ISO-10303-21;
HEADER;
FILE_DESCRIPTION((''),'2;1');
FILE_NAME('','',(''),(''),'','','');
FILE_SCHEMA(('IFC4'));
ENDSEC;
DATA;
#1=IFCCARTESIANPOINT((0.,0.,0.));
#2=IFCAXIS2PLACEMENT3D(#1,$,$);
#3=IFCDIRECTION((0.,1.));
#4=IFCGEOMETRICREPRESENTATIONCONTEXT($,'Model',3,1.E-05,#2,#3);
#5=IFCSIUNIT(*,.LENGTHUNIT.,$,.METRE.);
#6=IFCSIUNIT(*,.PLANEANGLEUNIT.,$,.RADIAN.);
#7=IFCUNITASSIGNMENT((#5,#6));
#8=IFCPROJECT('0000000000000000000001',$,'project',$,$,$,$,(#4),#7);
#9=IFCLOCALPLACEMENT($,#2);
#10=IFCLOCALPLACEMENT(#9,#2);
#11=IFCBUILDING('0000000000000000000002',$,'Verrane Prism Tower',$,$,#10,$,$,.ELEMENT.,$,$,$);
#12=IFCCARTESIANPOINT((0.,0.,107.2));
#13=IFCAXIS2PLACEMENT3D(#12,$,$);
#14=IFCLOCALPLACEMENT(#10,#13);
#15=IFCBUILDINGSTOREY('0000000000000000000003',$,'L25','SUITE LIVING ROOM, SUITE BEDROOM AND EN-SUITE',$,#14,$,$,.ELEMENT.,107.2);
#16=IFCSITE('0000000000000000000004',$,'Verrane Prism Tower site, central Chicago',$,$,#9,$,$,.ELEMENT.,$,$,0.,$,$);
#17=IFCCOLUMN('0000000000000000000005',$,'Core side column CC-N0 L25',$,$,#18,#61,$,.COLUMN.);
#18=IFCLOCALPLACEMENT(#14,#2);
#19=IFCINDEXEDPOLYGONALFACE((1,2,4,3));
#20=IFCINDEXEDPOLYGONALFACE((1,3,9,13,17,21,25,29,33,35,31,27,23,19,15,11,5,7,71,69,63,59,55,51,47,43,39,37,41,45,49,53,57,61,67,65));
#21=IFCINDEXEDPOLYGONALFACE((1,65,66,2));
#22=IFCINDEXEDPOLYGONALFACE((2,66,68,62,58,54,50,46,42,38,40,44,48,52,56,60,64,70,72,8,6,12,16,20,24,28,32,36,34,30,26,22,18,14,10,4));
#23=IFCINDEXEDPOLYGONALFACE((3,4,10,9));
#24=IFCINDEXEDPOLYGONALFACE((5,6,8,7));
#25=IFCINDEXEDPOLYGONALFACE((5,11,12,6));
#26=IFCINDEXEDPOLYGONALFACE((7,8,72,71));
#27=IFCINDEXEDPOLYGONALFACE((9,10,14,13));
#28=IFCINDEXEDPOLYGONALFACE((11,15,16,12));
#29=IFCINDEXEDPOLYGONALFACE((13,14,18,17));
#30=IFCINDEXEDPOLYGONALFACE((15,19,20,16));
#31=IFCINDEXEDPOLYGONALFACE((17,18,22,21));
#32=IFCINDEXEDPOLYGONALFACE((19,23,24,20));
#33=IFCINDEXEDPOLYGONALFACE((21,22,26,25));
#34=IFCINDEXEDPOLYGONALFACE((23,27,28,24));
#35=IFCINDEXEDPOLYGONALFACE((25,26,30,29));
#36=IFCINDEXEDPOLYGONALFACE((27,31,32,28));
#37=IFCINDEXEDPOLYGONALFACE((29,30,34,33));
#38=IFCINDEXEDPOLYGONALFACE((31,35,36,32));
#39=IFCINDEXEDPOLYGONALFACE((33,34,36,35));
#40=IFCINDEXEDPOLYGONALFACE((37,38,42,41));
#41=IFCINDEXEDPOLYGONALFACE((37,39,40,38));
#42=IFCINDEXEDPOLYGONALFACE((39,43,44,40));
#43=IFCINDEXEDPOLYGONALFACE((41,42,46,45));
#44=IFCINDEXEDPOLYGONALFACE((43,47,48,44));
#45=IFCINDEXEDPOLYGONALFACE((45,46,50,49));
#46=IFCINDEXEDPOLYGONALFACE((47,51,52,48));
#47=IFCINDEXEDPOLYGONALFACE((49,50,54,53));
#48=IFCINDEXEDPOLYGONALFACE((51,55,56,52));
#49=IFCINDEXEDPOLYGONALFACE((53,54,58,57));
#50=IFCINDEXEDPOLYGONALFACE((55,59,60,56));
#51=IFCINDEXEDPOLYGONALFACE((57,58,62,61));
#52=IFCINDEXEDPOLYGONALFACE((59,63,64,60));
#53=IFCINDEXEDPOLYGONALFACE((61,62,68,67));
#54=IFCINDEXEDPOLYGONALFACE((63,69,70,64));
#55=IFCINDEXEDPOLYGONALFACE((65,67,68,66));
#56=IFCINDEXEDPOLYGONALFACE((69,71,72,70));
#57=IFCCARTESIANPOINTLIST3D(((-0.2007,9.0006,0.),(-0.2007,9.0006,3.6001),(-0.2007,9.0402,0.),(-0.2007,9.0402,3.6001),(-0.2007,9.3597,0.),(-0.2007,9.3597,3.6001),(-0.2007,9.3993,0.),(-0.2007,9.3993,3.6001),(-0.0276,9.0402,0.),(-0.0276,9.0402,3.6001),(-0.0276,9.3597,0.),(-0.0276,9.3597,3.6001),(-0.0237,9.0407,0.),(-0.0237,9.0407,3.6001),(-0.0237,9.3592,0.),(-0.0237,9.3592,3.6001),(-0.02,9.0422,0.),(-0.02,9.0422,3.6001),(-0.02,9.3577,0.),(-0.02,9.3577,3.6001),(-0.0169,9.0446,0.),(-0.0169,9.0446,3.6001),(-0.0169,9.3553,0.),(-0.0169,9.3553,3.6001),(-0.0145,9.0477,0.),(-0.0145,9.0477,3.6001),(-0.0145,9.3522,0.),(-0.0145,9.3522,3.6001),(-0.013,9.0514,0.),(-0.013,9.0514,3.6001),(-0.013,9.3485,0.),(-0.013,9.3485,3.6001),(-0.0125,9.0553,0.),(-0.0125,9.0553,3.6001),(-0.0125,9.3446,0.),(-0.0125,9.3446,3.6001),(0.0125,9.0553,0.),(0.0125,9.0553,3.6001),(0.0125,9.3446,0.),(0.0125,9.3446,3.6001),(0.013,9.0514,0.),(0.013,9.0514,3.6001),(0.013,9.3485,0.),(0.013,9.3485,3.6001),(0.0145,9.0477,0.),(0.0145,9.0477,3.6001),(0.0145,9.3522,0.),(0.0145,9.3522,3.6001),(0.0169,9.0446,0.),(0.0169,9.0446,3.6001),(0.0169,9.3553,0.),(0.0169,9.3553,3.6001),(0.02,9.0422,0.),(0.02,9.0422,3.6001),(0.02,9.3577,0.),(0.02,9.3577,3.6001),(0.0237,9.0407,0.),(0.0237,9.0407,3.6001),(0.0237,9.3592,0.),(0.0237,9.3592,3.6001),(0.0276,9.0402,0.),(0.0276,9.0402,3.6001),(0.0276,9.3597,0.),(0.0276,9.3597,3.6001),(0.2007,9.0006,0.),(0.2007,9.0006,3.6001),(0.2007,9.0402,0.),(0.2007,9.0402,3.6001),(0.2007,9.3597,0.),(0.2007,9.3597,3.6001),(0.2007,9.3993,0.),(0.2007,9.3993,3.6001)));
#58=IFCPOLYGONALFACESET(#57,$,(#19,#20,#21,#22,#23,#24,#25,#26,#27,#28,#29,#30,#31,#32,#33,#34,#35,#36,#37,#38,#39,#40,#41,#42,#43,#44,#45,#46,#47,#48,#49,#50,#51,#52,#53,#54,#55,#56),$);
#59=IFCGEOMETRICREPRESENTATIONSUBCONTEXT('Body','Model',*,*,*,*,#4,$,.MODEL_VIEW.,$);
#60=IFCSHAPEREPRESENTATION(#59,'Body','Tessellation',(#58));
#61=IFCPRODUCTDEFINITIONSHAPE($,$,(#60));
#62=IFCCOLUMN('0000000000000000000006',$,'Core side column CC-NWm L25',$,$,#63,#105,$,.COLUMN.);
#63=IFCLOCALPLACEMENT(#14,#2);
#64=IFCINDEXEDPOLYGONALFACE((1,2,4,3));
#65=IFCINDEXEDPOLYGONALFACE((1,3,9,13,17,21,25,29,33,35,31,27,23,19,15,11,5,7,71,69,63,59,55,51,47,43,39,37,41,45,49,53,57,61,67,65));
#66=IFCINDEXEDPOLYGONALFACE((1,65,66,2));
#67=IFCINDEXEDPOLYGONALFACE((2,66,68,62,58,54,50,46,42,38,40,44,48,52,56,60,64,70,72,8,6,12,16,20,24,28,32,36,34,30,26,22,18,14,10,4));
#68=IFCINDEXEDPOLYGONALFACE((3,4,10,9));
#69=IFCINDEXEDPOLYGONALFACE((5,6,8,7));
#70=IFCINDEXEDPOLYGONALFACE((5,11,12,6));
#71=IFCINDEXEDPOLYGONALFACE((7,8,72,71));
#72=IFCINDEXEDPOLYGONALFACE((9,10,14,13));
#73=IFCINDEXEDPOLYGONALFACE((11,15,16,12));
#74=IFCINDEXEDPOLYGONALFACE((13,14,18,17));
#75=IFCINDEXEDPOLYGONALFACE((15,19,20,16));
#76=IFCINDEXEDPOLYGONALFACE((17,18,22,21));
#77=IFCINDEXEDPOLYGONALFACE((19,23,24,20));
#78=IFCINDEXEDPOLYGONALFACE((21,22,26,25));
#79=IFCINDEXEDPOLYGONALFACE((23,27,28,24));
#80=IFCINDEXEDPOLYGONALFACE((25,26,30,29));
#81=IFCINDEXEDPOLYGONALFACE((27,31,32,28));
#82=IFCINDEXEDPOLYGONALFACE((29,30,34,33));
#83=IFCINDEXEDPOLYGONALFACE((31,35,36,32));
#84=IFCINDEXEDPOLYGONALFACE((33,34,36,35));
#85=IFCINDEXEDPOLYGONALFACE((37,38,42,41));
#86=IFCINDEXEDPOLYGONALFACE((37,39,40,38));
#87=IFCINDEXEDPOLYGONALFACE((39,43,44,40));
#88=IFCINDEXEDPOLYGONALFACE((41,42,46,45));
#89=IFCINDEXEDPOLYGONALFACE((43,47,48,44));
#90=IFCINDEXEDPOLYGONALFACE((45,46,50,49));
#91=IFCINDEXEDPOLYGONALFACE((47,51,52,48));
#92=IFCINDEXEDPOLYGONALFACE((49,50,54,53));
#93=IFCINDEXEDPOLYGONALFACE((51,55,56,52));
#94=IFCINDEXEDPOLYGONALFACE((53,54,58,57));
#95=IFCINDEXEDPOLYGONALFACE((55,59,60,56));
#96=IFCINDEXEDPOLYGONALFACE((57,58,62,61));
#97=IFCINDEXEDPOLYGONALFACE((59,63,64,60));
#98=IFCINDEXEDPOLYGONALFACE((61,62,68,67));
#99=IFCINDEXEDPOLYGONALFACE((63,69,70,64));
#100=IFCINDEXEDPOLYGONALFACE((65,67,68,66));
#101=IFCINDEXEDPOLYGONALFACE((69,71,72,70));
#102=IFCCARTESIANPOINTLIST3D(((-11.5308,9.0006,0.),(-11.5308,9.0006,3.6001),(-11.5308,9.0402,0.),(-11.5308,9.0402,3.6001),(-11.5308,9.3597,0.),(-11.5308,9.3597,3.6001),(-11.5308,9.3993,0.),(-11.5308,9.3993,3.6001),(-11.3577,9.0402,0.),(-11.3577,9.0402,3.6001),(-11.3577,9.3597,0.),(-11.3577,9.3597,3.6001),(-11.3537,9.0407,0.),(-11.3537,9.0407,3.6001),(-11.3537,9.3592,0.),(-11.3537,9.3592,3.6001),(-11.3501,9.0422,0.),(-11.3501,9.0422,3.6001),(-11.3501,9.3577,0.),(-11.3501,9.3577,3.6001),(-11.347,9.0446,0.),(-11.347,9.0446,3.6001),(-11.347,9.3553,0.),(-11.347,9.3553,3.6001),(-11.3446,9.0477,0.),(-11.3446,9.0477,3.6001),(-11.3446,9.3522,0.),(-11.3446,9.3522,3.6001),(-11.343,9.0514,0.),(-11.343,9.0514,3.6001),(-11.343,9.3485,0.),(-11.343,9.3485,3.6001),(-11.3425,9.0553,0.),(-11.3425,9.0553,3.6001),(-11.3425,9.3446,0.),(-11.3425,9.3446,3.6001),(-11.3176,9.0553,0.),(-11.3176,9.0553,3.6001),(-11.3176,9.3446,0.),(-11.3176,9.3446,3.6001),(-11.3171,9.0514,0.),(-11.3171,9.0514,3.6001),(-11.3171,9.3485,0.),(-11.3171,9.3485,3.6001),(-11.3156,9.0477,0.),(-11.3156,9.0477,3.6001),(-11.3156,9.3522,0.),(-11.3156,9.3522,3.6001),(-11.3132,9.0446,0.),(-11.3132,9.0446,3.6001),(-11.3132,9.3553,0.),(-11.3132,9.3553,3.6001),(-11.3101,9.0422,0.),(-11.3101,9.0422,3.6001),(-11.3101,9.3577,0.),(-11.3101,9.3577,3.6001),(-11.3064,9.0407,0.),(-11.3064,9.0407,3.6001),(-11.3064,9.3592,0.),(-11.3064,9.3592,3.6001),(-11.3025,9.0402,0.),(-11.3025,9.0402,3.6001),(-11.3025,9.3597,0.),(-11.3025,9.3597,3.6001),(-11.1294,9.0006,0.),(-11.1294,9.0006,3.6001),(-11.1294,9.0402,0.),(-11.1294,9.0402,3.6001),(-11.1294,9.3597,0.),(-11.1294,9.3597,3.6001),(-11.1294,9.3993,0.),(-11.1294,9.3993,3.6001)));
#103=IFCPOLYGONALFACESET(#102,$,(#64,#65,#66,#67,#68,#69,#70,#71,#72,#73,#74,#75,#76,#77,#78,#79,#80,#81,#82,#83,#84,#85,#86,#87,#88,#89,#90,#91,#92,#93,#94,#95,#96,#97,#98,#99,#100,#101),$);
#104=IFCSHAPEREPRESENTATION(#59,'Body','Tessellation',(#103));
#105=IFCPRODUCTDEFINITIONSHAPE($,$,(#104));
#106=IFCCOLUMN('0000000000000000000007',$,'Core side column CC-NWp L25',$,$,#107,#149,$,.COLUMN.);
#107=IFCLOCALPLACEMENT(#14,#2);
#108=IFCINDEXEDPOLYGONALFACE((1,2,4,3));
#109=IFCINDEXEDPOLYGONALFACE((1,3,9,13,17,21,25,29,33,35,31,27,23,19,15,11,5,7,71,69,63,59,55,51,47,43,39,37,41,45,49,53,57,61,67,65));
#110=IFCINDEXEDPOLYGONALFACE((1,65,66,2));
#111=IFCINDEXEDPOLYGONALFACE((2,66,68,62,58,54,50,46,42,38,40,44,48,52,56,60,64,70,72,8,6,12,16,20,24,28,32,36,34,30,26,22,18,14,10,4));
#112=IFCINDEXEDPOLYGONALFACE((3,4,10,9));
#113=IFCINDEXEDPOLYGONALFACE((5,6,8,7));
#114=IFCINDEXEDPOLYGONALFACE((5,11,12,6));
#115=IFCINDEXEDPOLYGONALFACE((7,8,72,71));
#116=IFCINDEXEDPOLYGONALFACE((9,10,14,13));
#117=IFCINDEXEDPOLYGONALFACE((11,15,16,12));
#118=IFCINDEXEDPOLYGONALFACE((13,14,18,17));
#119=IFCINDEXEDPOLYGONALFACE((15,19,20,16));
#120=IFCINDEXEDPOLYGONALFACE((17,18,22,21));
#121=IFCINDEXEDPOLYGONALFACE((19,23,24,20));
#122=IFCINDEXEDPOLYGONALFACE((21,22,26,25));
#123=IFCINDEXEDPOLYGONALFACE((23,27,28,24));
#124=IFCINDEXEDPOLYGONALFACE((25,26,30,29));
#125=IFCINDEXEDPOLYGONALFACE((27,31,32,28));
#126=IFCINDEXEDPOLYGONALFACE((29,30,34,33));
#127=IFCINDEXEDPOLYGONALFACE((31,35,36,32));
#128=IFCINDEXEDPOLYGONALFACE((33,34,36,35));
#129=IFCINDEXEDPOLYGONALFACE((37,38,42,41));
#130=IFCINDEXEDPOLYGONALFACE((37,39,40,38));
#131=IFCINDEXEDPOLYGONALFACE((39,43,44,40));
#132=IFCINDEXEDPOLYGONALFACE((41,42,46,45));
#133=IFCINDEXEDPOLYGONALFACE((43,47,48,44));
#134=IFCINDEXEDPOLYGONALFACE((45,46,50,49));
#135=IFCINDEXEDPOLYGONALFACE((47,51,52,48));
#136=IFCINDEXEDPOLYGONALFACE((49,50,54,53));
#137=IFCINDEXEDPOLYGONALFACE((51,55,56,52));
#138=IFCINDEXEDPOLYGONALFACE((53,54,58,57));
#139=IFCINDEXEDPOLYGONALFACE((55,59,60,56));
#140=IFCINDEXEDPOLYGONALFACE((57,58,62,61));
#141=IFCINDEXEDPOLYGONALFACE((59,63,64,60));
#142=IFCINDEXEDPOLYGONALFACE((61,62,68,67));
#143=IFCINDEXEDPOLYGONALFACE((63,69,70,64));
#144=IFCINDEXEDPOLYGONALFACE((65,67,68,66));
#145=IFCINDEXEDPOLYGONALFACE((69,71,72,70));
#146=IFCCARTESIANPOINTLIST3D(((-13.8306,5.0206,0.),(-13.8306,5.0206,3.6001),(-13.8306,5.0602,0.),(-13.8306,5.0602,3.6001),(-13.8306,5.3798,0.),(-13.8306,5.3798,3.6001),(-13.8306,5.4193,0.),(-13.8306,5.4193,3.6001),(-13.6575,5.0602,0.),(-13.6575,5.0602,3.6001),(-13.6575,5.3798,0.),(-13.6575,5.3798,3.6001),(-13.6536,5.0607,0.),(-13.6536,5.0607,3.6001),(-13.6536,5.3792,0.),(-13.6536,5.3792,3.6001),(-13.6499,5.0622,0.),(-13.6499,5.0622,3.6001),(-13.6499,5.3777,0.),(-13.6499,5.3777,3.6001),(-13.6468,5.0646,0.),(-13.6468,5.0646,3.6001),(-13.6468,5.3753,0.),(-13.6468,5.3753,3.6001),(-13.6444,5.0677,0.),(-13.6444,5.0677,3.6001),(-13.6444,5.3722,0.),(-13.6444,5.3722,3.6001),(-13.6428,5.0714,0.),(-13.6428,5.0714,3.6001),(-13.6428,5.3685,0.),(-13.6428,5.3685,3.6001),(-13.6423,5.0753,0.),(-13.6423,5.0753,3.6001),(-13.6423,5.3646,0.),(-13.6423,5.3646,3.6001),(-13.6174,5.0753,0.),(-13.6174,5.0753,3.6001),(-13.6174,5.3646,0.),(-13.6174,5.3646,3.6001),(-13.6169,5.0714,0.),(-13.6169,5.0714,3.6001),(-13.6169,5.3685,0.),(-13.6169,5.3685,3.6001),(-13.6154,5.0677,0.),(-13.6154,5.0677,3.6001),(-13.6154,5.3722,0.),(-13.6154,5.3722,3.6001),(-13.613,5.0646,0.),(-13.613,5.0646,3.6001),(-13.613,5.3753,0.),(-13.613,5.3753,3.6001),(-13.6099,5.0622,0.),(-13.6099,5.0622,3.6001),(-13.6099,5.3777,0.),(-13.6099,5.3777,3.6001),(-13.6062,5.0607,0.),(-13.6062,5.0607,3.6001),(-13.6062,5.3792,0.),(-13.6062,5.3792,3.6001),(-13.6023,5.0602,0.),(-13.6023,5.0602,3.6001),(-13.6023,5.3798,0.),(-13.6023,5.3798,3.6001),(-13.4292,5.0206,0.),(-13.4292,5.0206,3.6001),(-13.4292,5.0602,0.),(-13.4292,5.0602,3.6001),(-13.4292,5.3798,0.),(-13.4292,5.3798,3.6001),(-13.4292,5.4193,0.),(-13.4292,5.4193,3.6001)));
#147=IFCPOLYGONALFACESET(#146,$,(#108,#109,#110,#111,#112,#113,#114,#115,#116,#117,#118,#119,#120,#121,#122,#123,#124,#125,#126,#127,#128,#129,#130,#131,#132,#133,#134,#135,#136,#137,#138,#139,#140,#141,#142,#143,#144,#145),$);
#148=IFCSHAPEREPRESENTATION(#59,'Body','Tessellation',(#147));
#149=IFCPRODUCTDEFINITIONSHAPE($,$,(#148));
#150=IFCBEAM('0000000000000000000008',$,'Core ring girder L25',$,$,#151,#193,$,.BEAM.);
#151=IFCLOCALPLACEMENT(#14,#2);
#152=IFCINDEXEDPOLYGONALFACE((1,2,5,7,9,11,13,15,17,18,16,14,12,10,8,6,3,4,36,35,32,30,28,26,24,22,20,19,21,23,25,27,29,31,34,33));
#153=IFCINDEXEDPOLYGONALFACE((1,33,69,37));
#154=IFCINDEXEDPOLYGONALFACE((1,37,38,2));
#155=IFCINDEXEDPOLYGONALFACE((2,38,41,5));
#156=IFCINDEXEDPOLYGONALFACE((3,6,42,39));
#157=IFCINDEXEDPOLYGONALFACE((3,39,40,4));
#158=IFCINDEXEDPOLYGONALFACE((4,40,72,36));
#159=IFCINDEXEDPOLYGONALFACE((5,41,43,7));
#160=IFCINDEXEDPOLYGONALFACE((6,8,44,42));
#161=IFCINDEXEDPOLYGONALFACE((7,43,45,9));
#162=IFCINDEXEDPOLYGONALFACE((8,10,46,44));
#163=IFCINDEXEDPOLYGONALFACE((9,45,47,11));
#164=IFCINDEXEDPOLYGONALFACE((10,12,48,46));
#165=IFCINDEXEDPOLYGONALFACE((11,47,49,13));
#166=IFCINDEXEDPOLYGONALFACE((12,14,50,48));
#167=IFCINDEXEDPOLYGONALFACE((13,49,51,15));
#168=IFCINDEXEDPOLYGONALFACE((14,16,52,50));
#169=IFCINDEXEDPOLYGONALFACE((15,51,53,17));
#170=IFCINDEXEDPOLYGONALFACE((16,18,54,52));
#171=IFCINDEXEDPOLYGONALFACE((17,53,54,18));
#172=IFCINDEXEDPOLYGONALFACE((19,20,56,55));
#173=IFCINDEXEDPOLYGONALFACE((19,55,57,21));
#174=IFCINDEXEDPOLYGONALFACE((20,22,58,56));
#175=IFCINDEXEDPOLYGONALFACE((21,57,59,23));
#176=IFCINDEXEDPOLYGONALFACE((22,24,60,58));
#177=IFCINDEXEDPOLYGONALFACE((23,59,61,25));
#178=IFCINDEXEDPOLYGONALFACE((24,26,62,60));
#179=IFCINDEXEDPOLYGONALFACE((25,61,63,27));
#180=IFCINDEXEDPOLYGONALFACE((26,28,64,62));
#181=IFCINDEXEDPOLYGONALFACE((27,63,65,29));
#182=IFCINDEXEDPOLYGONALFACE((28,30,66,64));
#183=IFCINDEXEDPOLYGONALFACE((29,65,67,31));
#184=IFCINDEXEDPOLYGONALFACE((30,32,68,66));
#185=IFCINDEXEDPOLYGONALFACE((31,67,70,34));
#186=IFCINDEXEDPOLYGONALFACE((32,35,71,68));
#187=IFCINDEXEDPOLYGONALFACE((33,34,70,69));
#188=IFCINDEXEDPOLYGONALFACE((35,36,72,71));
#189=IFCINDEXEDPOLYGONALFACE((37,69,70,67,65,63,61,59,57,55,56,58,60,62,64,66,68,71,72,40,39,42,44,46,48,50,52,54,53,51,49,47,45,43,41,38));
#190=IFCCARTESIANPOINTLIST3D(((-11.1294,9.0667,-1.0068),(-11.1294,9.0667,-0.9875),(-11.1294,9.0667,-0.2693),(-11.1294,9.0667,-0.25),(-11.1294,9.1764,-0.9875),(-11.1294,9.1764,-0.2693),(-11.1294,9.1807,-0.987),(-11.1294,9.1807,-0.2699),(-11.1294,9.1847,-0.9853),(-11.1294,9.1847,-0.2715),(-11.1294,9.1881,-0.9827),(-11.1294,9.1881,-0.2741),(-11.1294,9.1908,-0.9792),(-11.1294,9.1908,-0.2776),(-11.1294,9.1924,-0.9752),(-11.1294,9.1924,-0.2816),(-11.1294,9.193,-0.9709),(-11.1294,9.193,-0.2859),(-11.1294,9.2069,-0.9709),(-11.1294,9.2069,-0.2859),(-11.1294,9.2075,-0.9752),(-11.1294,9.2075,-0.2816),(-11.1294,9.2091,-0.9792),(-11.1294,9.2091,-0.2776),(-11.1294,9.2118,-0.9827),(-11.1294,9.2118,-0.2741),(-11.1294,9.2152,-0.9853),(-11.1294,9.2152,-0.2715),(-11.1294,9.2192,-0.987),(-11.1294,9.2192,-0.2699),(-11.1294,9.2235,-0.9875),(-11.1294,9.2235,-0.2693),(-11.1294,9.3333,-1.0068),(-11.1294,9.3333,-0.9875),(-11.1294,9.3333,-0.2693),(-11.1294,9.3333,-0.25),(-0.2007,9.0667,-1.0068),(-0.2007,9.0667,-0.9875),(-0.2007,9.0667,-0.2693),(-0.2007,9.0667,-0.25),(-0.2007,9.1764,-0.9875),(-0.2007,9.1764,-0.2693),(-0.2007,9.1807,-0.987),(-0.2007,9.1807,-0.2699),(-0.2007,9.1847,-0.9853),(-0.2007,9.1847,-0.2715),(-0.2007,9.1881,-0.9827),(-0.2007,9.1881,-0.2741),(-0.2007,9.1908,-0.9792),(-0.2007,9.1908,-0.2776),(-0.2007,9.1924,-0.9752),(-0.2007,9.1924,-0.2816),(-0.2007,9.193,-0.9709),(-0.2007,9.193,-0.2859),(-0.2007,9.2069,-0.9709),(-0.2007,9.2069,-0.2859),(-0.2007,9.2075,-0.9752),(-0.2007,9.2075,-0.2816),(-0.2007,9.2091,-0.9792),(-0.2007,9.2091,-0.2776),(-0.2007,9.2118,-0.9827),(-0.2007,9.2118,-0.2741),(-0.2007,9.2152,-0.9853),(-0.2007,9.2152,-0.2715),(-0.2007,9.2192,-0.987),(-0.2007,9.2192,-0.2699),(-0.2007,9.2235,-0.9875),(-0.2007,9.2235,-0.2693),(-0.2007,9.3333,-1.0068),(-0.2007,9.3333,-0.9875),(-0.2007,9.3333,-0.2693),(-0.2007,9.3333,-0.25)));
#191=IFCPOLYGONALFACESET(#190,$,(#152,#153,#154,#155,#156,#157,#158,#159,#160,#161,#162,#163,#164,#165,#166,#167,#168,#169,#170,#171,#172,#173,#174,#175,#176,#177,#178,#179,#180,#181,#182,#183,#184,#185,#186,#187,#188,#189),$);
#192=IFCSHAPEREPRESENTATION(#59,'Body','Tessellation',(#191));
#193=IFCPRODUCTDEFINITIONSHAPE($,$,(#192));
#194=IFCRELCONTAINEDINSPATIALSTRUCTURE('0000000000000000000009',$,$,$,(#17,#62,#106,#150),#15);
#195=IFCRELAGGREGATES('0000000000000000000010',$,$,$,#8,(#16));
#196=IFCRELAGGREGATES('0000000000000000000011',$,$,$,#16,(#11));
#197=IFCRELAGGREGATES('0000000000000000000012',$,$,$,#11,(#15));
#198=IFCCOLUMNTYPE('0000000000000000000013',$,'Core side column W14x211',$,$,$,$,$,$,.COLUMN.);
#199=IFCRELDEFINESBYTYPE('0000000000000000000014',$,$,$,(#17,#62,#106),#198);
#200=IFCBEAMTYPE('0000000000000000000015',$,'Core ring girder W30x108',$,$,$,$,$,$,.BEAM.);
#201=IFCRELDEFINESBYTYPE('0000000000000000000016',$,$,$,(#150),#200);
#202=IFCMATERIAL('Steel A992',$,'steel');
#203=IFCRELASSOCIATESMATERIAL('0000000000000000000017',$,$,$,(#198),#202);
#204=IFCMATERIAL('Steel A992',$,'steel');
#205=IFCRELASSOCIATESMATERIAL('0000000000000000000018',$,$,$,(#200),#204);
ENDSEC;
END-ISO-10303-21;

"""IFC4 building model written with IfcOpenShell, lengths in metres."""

from ifc_helpers import new_model, si_unit, direction, frame, origin, origin_2d, place, context, subcontext, project, spatial, i_section, extrude, material, material_profile, profile_set, type_object, element, save


model = new_model("IFC4")

# Units and contexts
model_context = context("Model", 3, precision=1e-05, world=origin(), true_north=direction((0.0, 1.0)))
body_context = subcontext(model_context, "Body", "Model", "MODEL_VIEW")
ifc_project = project(units=[si_unit("LENGTHUNIT", "METRE"), si_unit("PLANEANGLEUNIT", "RADIAN")], contexts=[model_context])

# Site, building, storey
site_placement = place(None, origin())
site = spatial("IfcSite", under=ifc_project, at=site_placement, Name="Verrane Prism Tower site, central Chicago", CompositionType="ELEMENT", RefElevation=0.0)
building_placement = place(site_placement, origin())
building = spatial("IfcBuilding", under=site, at=building_placement, Name="Verrane Prism Tower", CompositionType="ELEMENT")
storey_placement = place(building_placement, frame((0.0, 0.0, 107.2)))
storey = spatial("IfcBuildingStorey", under=building, at=storey_placement, Name="L25", Description="SUITE LIVING ROOM, SUITE BEDROOM AND EN-SUITE", CompositionType="ELEMENT", Elevation=107.2)

# Columns
ifc_material_1 = material(Name="Steel A992", Category="steel")
ifc_material_profile_1 = material_profile(ifc_material_1, i_section(OverallWidth=0.4014, OverallDepth=0.3987, WebThickness=0.0249, FlangeThickness=0.0396, FilletRadius=0.0151, at=origin_2d()), Name="W14x211")
ifc_profile_set_1 = profile_set([ifc_material_profile_1], Name="Steel A992")
column_type = type_object("IfcColumnType", Name="Core side column W14x211", PredefinedType="COLUMN", material=ifc_profile_set_1)
for number, where, z_axis, x_axis, name in (
    (1, (0.0, 9.2, 0.0), (0.0, 0.0, 1.0), (1.0, 0.0, 0.0), "Core side column CC-N0 L25"),
    (2, (-11.3301, 9.2, 0.0), (0.0, 0.0, 1.0), (1.0, 0.0, 0.0), "Core side column CC-NWm L25"),
    (3, (-13.6299, 5.22, 0.0), (0.0, 0.0, 1.0), (1.0, 0.0, 0.0), "Core side column CC-NWp L25"),
):
    element("IfcColumn", number, at=place(storey_placement, frame(where, z_axis=z_axis, x_axis=x_axis)), inside=storey, type_object=column_type, Name=name, PredefinedType="COLUMN", context=body_context, shape_type="SweptSolid", body=[
        extrude(i_section(OverallWidth=0.4014, OverallDepth=0.3987, WebThickness=0.0249, FlangeThickness=0.0396, FilletRadius=0.0151, at=origin_2d()), origin(), (0.0, 0.0, 1.0), 3.6001),
    ])

# Beam
ifc_material_2 = material(Name="Steel A992", Category="steel")
ifc_material_profile_2 = material_profile(ifc_material_2, i_section(OverallWidth=0.2666, OverallDepth=0.7568, WebThickness=0.0139, FlangeThickness=0.0193, FilletRadius=0.0166, at=origin_2d()), Name="W30x108")
ifc_profile_set_2 = profile_set([ifc_material_profile_2], Name="Steel A992")
beam_type = type_object("IfcBeamType", Name="Core ring girder W30x108", PredefinedType="BEAM", material=ifc_profile_set_2)
beam_1_placement = place(storey_placement, frame((-0.2007, 9.2, -0.6284), z_axis=(-1.0, 0.0, 0.0), x_axis=(0.0, -1.0, 0.0)))
element("IfcBeam", 4, at=beam_1_placement, inside=storey, type_object=beam_type, Name="Core ring girder L25", PredefinedType="BEAM", context=body_context, shape_type="SweptSolid", body=[
    extrude(i_section(OverallWidth=0.2666, OverallDepth=0.7568, WebThickness=0.0139, FlangeThickness=0.0193, FilletRadius=0.0166, at=origin_2d()), origin(), (0.0, 0.0, 1.0), 10.9287),
])

save(model, "model.ifc")
